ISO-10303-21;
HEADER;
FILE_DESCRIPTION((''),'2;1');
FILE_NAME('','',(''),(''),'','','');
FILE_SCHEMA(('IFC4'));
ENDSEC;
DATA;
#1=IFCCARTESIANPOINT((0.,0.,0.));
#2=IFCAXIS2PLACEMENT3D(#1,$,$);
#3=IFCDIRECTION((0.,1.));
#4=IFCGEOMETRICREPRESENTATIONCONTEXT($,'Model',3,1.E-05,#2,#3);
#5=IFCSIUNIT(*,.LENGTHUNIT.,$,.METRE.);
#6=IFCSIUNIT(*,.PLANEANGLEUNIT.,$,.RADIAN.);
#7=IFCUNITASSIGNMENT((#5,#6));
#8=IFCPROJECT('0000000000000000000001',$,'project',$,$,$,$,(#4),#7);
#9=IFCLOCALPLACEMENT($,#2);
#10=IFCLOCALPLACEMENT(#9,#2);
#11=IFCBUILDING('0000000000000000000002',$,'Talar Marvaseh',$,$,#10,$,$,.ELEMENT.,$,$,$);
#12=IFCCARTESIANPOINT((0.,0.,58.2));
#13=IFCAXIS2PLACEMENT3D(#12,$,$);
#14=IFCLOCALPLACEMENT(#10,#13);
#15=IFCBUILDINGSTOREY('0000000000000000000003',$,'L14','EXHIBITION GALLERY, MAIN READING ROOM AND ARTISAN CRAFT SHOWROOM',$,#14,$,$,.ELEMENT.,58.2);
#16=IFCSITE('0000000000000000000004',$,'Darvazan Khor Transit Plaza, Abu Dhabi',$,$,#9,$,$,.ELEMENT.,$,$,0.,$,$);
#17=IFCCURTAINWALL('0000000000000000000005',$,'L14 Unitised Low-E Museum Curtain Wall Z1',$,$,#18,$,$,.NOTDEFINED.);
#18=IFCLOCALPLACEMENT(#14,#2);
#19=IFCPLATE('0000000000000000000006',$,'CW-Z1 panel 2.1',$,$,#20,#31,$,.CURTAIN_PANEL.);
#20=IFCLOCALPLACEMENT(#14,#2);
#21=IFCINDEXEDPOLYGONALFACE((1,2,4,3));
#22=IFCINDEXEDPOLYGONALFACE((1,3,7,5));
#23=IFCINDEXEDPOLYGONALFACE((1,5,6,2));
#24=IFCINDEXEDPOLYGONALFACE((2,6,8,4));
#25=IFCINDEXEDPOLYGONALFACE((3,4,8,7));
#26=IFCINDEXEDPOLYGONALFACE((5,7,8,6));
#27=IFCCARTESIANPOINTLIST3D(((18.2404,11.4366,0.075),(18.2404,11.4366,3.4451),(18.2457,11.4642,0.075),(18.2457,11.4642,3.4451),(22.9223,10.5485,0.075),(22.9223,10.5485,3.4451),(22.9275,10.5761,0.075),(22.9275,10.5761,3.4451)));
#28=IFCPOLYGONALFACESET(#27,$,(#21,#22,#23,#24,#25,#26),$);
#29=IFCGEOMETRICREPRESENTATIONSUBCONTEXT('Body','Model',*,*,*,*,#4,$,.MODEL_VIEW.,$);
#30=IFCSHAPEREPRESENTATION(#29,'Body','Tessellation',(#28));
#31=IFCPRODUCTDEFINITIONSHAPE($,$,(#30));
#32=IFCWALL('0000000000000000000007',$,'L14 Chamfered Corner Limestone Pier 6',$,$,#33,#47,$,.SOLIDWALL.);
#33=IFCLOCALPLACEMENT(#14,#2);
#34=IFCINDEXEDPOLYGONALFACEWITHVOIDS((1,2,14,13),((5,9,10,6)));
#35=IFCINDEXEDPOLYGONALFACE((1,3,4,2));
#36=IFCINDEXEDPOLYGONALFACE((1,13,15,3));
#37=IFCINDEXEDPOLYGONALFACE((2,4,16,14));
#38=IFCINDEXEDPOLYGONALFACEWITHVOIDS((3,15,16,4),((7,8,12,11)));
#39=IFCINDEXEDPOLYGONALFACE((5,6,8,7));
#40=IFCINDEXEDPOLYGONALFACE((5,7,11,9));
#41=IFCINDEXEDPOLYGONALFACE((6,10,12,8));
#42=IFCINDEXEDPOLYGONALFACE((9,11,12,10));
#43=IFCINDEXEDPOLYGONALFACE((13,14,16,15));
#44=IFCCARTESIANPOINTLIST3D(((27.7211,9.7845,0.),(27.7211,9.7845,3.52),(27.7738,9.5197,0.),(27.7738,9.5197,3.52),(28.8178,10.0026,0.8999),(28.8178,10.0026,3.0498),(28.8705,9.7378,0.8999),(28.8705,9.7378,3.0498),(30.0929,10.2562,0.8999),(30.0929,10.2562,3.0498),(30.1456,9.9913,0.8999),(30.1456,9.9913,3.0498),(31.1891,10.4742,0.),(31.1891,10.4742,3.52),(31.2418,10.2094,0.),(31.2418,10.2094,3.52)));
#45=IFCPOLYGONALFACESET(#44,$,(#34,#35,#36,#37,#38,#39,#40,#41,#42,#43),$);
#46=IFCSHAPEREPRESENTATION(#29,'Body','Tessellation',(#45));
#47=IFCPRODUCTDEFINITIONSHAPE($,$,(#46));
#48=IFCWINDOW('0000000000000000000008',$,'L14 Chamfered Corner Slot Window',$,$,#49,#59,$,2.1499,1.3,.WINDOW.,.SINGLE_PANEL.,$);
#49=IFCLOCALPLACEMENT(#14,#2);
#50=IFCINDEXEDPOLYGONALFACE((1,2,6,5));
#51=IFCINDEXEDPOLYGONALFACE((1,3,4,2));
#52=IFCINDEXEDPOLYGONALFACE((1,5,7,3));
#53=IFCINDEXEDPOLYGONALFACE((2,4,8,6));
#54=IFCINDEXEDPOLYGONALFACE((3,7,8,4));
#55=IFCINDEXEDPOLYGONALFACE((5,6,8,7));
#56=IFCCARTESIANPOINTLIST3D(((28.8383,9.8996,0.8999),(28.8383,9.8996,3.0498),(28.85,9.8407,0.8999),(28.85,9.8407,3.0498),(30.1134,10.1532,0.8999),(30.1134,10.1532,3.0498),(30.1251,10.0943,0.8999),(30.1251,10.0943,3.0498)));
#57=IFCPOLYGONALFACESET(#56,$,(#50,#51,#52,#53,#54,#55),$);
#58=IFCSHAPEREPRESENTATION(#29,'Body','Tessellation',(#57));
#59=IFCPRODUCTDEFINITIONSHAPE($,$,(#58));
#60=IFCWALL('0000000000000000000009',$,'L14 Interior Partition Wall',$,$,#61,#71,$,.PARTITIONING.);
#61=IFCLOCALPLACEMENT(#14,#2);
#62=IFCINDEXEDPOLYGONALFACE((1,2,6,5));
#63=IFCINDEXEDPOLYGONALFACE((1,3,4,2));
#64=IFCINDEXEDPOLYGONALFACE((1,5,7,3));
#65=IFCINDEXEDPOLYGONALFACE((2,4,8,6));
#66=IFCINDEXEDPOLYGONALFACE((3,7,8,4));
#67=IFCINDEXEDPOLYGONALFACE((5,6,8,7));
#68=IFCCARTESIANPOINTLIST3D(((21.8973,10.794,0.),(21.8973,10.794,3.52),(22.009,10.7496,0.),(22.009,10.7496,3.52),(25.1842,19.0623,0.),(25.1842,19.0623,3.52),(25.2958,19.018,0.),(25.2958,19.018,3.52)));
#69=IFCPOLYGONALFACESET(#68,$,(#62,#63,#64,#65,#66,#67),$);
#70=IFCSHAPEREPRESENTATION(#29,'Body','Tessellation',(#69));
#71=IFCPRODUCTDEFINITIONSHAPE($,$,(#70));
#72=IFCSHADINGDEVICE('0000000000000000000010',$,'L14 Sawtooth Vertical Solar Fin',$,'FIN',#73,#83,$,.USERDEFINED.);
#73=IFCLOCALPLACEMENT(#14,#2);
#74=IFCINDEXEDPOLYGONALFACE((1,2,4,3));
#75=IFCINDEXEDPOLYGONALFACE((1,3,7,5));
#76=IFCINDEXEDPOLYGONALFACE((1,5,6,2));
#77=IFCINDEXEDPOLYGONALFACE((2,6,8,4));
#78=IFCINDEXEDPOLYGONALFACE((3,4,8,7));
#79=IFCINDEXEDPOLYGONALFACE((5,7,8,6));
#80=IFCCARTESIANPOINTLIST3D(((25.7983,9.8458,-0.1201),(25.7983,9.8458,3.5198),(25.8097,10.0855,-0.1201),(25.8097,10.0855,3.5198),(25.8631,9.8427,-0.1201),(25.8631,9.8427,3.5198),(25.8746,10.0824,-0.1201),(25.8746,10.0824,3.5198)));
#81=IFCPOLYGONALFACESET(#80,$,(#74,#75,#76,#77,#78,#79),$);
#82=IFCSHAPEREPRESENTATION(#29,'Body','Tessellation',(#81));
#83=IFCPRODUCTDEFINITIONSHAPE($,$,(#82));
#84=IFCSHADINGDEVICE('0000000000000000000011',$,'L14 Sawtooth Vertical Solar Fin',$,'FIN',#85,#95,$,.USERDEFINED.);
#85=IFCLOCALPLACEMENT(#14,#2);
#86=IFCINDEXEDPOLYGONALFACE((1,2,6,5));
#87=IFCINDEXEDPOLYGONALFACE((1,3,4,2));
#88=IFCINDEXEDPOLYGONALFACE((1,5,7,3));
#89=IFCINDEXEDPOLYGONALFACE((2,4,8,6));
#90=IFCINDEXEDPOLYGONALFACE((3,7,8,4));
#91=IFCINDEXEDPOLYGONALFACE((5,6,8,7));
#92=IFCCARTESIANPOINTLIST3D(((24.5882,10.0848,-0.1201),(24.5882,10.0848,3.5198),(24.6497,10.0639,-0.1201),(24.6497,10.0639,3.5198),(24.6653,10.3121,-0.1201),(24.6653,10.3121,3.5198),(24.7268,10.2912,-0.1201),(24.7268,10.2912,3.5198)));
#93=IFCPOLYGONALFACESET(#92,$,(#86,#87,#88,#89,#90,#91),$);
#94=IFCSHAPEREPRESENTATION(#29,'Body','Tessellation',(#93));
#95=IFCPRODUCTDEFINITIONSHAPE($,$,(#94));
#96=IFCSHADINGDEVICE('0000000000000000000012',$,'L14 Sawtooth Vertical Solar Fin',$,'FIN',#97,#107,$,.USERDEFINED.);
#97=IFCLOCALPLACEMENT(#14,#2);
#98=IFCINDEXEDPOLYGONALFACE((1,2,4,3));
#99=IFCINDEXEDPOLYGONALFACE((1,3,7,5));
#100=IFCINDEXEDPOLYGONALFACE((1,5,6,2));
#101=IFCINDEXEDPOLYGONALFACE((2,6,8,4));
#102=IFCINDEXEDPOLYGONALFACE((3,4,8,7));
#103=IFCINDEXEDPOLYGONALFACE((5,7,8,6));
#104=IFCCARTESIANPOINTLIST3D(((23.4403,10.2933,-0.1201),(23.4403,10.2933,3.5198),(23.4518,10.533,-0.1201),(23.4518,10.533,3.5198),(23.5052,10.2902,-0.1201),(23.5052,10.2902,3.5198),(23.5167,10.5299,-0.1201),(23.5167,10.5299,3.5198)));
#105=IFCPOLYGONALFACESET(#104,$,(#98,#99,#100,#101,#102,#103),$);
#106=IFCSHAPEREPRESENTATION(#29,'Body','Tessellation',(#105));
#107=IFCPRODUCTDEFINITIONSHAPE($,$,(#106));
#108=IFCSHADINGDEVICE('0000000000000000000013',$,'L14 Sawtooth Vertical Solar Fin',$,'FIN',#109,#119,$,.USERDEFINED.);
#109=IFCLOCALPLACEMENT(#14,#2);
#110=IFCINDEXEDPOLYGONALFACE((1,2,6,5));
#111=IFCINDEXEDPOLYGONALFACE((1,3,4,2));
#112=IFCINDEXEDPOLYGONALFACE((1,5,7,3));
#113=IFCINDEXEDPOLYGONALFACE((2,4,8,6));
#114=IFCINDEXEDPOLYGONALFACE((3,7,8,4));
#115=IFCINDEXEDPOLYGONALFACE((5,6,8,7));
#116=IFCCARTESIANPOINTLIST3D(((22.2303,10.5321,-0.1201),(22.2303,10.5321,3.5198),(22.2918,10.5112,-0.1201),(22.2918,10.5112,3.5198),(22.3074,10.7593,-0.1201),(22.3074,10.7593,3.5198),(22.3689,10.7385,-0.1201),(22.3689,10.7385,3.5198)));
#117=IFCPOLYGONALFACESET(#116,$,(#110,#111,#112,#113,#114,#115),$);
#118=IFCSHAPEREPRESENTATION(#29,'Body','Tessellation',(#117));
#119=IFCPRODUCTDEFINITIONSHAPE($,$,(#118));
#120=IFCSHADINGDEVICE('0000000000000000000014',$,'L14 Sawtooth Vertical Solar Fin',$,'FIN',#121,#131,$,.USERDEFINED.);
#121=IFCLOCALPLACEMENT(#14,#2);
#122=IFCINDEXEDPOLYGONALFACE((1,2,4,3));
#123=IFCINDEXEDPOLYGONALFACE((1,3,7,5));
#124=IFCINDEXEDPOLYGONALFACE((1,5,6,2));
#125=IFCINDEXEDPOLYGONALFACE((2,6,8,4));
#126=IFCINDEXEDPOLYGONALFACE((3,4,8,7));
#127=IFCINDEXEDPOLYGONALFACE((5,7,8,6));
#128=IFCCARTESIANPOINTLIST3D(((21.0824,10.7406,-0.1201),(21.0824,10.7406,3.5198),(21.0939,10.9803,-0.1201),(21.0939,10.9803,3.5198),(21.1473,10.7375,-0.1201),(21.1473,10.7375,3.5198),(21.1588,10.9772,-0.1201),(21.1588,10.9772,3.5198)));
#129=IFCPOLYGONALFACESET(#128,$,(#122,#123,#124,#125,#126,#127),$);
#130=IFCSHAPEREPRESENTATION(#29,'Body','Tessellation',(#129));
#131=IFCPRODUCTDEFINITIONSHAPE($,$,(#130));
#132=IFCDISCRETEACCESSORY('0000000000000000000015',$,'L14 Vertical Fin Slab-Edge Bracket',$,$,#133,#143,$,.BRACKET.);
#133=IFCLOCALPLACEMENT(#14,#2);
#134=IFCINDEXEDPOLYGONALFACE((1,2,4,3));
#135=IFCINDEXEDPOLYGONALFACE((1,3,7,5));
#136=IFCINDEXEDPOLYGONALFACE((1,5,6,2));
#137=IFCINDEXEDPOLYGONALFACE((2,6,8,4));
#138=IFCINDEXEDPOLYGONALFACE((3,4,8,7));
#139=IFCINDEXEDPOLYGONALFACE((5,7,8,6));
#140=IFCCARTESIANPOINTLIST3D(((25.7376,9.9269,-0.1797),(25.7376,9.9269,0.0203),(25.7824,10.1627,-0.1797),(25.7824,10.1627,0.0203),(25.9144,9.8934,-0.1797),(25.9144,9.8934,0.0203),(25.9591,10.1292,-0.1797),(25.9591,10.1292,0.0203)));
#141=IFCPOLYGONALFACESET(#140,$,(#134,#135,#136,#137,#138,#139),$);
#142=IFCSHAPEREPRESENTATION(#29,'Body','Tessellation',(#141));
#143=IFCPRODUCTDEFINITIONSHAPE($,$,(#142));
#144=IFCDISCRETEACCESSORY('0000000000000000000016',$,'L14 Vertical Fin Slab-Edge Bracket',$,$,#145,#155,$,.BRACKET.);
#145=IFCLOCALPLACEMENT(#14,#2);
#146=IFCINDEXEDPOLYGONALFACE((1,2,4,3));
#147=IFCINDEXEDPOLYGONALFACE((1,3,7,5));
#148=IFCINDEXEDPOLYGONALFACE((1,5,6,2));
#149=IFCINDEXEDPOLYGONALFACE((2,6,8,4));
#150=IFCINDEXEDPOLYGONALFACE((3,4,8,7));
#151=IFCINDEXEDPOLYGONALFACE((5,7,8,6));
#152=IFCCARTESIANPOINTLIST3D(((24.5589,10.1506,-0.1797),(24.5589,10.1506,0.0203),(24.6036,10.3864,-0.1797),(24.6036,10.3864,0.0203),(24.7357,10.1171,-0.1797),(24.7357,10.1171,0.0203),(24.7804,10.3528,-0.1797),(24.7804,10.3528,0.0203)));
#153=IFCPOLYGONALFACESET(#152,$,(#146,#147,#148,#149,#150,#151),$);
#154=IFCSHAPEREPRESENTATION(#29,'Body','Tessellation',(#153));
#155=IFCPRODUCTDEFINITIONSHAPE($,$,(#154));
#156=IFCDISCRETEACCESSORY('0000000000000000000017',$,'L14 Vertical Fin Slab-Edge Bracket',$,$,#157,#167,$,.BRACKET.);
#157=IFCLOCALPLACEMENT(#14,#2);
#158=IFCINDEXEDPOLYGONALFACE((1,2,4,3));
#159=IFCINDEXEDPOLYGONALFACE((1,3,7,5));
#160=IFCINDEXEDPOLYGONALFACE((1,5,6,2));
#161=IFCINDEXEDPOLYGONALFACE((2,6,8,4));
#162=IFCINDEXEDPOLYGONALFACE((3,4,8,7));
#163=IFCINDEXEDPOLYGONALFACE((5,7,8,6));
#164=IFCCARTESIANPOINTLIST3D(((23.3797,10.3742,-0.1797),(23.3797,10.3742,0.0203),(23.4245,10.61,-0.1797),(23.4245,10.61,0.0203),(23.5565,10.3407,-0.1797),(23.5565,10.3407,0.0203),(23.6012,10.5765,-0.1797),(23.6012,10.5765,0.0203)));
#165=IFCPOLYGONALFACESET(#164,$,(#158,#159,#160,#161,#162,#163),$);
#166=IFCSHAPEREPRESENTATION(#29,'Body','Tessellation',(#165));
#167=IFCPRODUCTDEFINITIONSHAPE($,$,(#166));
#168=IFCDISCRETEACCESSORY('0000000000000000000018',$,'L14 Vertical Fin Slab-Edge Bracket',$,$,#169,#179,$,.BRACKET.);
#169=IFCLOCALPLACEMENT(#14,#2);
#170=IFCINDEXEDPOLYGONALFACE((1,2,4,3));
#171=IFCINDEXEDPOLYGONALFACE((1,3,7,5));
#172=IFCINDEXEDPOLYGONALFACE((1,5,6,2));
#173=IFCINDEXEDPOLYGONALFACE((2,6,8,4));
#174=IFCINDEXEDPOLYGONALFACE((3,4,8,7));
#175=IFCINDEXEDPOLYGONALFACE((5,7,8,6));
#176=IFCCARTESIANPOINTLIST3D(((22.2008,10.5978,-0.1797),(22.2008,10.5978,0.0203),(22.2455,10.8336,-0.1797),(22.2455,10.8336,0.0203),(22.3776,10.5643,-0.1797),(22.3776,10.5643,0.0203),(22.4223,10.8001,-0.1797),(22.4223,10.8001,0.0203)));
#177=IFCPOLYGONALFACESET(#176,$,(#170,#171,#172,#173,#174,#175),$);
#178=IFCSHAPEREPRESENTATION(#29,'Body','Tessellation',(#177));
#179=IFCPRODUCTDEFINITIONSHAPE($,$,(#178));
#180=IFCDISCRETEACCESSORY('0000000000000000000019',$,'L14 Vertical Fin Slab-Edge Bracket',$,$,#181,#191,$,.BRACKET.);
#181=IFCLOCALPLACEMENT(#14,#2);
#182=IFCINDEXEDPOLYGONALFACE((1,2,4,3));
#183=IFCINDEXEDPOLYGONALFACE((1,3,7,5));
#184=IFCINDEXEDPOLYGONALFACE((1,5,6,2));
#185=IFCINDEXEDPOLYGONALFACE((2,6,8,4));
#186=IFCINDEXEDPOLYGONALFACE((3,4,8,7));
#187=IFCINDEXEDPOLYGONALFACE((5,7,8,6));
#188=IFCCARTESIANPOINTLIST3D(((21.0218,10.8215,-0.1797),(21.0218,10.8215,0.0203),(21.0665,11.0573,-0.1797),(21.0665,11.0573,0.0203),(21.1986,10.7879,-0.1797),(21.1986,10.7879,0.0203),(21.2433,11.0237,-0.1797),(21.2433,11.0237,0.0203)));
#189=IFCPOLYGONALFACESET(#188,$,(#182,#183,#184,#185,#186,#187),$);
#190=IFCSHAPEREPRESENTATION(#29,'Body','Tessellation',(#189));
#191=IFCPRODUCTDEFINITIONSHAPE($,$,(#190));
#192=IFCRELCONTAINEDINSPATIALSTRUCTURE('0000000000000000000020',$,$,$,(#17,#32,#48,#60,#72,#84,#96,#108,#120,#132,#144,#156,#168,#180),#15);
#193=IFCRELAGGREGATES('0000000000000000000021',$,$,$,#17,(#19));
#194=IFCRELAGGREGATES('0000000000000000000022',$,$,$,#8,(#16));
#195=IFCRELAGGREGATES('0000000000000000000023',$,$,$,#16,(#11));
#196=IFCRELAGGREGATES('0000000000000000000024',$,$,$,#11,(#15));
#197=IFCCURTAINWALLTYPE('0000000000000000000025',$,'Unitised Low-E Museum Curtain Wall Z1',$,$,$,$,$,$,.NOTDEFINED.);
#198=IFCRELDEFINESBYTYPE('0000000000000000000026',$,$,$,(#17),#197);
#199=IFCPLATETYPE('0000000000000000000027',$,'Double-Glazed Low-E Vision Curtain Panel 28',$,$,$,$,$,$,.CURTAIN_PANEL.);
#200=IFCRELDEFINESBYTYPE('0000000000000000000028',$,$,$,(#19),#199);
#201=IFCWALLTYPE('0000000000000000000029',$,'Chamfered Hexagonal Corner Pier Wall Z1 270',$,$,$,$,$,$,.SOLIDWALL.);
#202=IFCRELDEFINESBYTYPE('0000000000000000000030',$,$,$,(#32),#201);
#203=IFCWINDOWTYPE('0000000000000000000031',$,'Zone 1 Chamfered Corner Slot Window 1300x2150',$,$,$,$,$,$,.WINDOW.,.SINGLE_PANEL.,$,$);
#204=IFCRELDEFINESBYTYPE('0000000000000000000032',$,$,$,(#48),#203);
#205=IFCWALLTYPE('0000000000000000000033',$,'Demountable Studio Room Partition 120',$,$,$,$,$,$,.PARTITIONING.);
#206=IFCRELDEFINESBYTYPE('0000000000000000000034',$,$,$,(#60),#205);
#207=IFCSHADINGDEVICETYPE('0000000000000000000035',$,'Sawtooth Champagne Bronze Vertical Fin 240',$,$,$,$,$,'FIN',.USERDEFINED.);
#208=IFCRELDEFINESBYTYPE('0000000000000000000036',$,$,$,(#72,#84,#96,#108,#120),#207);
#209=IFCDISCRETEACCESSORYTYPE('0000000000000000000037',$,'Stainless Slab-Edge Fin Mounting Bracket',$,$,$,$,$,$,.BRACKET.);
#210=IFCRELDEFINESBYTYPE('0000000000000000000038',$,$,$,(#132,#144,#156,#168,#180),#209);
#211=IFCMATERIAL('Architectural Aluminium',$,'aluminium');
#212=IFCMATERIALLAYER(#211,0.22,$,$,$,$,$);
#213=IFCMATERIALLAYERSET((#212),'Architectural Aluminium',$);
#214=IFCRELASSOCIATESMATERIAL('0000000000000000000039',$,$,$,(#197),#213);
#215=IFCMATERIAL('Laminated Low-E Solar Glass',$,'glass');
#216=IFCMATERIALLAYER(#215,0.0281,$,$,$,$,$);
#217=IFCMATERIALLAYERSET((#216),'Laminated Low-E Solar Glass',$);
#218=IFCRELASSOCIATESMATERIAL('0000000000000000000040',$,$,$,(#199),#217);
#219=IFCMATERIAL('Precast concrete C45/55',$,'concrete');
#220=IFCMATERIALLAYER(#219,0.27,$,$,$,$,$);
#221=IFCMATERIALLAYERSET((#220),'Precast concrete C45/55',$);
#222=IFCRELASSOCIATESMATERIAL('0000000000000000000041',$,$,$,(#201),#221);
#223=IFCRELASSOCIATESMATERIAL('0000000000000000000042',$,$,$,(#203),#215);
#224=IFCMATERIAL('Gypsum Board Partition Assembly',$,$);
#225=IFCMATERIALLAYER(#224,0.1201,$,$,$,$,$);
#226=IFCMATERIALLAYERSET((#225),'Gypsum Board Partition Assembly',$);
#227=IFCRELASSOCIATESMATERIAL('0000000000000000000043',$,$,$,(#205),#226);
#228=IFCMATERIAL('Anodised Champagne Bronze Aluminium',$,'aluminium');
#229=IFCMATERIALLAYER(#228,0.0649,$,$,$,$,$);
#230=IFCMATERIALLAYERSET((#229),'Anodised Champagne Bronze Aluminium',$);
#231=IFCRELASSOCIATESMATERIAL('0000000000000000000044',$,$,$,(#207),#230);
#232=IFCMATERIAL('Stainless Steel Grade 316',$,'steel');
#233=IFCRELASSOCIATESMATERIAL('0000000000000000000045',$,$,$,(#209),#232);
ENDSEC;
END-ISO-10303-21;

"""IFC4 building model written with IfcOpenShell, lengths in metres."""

from ifc_helpers import new_model, si_unit, direction, frame, frame_2d, origin, origin_2d, place, context, subcontext, project, spatial, rectangle, extrude, source, transform, mapped, material, layer, layer_set, type_object, type_shapes, element, fill, aggregate, save


model = new_model("IFC4")

# Units and contexts
model_context = context("Model", 3, precision=1e-05, world=origin(), true_north=direction((0.0, 1.0)))
body_context = subcontext(model_context, "Body", "Model", "MODEL_VIEW")
ifc_project = project(units=[si_unit("LENGTHUNIT", "METRE"), si_unit("PLANEANGLEUNIT", "RADIAN")], contexts=[model_context])

# Site, building, storey
site_placement = place(None, origin())
site = spatial("IfcSite", under=ifc_project, at=site_placement, Name="Darvazan Khor Transit Plaza, Abu Dhabi", CompositionType="ELEMENT", RefElevation=0.0)
building_placement = place(site_placement, origin())
building = spatial("IfcBuilding", under=site, at=building_placement, Name="Talar Marvaseh", CompositionType="ELEMENT")
storey_placement = place(building_placement, frame((0.0, 0.0, 58.2)))
storey = spatial("IfcBuildingStorey", under=building, at=storey_placement, Name="L14", Description="EXHIBITION GALLERY, MAIN READING ROOM AND ARTISAN CRAFT SHOWROOM", CompositionType="ELEMENT", Elevation=58.2)

# Shared definitions
ifc_material_1 = material(Name="Architectural Aluminium", Category="aluminium")
ifc_layer_1 = layer(ifc_material_1, 0.22)
ifc_layer_set_1 = layer_set([ifc_layer_1], Name="Architectural Aluminium")
curtain_wall_type = type_object("IfcCurtainWallType", Name="Unitised Low-E Museum Curtain Wall Z1", PredefinedType="NOTDEFINED", material=ifc_layer_set_1)

# Curtain wall, plate
curtain_wall_1_placement = place(storey_placement, origin())
curtain_wall_1 = element("IfcCurtainWall", 1, at=curtain_wall_1_placement, inside=storey, type_object=curtain_wall_type, Name="L14 Unitised Low-E Museum Curtain Wall Z1", PredefinedType="NOTDEFINED")
ifc_material_2 = material(Name="Laminated Low-E Solar Glass", Category="glass")
ifc_layer_2 = layer(ifc_material_2, 0.0281)
ifc_layer_set_2 = layer_set([ifc_layer_2], Name="Laminated Low-E Solar Glass")
plate_type = type_object("IfcPlateType", Name="Double-Glazed Low-E Vision Curtain Panel 28", PredefinedType="CURTAIN_PANEL", material=ifc_layer_set_2)
shared_shape_1 = source(origin(), body_context, "Body", "SweptSolid", [
    extrude(rectangle(XDim=4.7654, YDim=0.0281, at=origin_2d()), origin(), (0.0, 0.0, 1.0), 3.3701),
])
plate_1_placement = place(storey_placement, frame((20.584, 11.0063, 0.075), z_axis=(0.0, 0.0, 1.0), x_axis=(-0.982479, 0.186373, 0.0)))
plate_1 = element("IfcPlate", 2, at=plate_1_placement, type_object=plate_type, Name="CW-Z1 panel 2.1", PredefinedType="CURTAIN_PANEL", context=body_context, shape_type="MappedRepresentation", body=[
    mapped(shared_shape_1, transform((0.0, 0.0, 0.0), x_axis=(1.0, 0.0, 0.0), y_axis=(0.0, 1.0, 0.0), z_axis=(0.0, 0.0, 1.0), scale=1.0)),
])
aggregate(curtain_wall_1, [plate_1])

# Wall, opening, window
ifc_material_3 = material(Name="Precast concrete C45/55", Category="concrete")
ifc_layer_3 = layer(ifc_material_3, 0.27)
ifc_layer_set_3 = layer_set([ifc_layer_3], Name="Precast concrete C45/55")
wall_type_1 = type_object("IfcWallType", Name="Chamfered Hexagonal Corner Pier Wall Z1 270", PredefinedType="SOLIDWALL", material=ifc_layer_set_3)
wall_1_placement = place(storey_placement, frame((31.2156, 10.3418, 0.0), z_axis=(0.0, 0.0, 1.0), x_axis=(-0.980793, -0.195054, 0.0)))
wall_1 = element("IfcWall", 3, at=wall_1_placement, inside=storey, type_object=wall_type_1, Name="L14 Chamfered Corner Limestone Pier 6", PredefinedType="SOLIDWALL", context=body_context, shape_type="SweptSolid", body=[
    extrude(rectangle(XDim=3.5359, YDim=0.27, at=frame_2d((1.7681, 0.0))), origin(), (0.0, 0.0, 1.0), 3.52),
])
opening_placement = place(wall_1_placement, frame((1.1179, 0.0, 0.8999)))
opening = element("IfcOpeningElement", 4, at=opening_placement, cuts=wall_1, PredefinedType="OPENING", context=body_context, shape_type="SweptSolid", body=[
    extrude(rectangle(XDim=1.3, YDim=2.1499, at=frame_2d((0.6499, 1.075))), frame((0.0, 0.145, 0.0), z_axis=(0.0, -1.0, 0.0), x_axis=(1.0, 0.0, 0.0)), (0.0, 0.0, 1.0), 0.29),
])
window_type = type_object("IfcWindowType", Name="Zone 1 Chamfered Corner Slot Window 1300x2150", PartitioningType="SINGLE_PANEL", PredefinedType="WINDOW", material=ifc_material_2)
shared_shape_2 = source(origin(), body_context, "Body", "SweptSolid", [
    extrude(rectangle(XDim=1.3, YDim=2.1499, at=frame_2d((0.6499, 1.075))), frame((0.0, 0.03, 0.0), z_axis=(0.0, -1.0, 0.0), x_axis=(1.0, 0.0, 0.0)), (0.0, 0.0, 1.0), 0.0601),
])
type_shapes(window_type, [shared_shape_2])
window_placement = place(opening_placement, origin())
window = element("IfcWindow", 5, at=window_placement, inside=storey, type_object=window_type, Name="L14 Chamfered Corner Slot Window", OverallHeight=2.1499, OverallWidth=1.3, PartitioningType="SINGLE_PANEL", PredefinedType="WINDOW", context=body_context, shape_type="MappedRepresentation", body=[
    mapped(shared_shape_2, transform((0.0, 0.0, 0.0), x_axis=(1.0, 0.0, 0.0), y_axis=(0.0, 1.0, 0.0), z_axis=(0.0, 0.0, 1.0), scale=1.0)),
])
fill(opening, window)

# Wall
ifc_material_4 = material(Name="Gypsum Board Partition Assembly")
ifc_layer_4 = layer(ifc_material_4, 0.1201)
ifc_layer_set_4 = layer_set([ifc_layer_4], Name="Gypsum Board Partition Assembly")
wall_type_2 = type_object("IfcWallType", Name="Demountable Studio Room Partition 120", PredefinedType="PARTITIONING", material=ifc_layer_set_4)
wall_2_placement = place(storey_placement, frame((25.24, 19.04, 0.0), z_axis=(0.0, 0.0, 1.0), x_axis=(-0.369408, -0.929267, 0.0)))
element("IfcWall", 6, at=wall_2_placement, inside=storey, type_object=wall_type_2, Name="L14 Interior Partition Wall", PredefinedType="PARTITIONING", context=body_context, shape_type="SweptSolid", body=[
    extrude(rectangle(XDim=8.8977, YDim=0.1201, at=frame_2d((4.4487, 0.0))), origin(), (0.0, 0.0, 1.0), 3.52),
])

# Shading devices
ifc_material_5 = material(Name="Anodised Champagne Bronze Aluminium", Category="aluminium")
ifc_layer_5 = layer(ifc_material_5, 0.0649)
ifc_layer_set_5 = layer_set([ifc_layer_5], Name="Anodised Champagne Bronze Aluminium")
shading_device_type = type_object("IfcShadingDeviceType", Name="Sawtooth Champagne Bronze Vertical Fin 240", ElementType="FIN", PredefinedType="USERDEFINED", material=ifc_layer_set_5)
shared_shape_3 = source(origin(), body_context, "Body", "SweptSolid", [
    extrude(rectangle(XDim=0.24, YDim=0.0649, at=origin_2d()), origin(), (0.0, 0.0, 1.0), 3.6399),
])
type_shapes(shading_device_type, [shared_shape_3])
for number, where, z_axis, x_axis, name in (
    (7, (25.8364, 9.9641, -0.1201), (0.0, 0.0, 1.0), (-0.047804, -0.998857, 0.0), "L14 Sawtooth Vertical Solar Fin"),
    (8, (24.6575, 10.188, -0.1201), (0.0, 0.0, 1.0), (-0.321274, -0.946986, 0.0), "L14 Sawtooth Vertical Solar Fin"),
    (9, (23.4785, 10.4116, -0.1201), (0.0, 0.0, 1.0), (-0.047804, -0.998857, 0.0), "L14 Sawtooth Vertical Solar Fin"),
    (10, (22.2996, 10.6353, -0.1201), (0.0, 0.0, 1.0), (-0.321274, -0.946986, 0.0), "L14 Sawtooth Vertical Solar Fin"),
    (11, (21.1206, 10.8589, -0.1201), (0.0, 0.0, 1.0), (-0.047804, -0.998857, 0.0), "L14 Sawtooth Vertical Solar Fin"),
):
    element("IfcShadingDevice", number, at=place(storey_placement, frame(where, z_axis=z_axis, x_axis=x_axis)), inside=storey, type_object=shading_device_type, Name=name, ObjectType="FIN", PredefinedType="USERDEFINED", context=body_context, shape_type="MappedRepresentation", body=[
        mapped(shared_shape_3, transform((0.0, 0.0, 0.0), x_axis=(1.0, 0.0, 0.0), y_axis=(0.0, 1.0, 0.0), z_axis=(0.0, 0.0, 1.0), scale=1.0)),
    ])

# Discrete accessories
ifc_material_6 = material(Name="Stainless Steel Grade 316", Category="steel")
discrete_accessory_type = type_object("IfcDiscreteAccessoryType", Name="Stainless Slab-Edge Fin Mounting Bracket", PredefinedType="BRACKET", material=ifc_material_6)
shared_shape_4 = source(origin(), body_context, "Body", "SweptSolid", [
    extrude(rectangle(XDim=0.24, YDim=0.1799, at=origin_2d()), origin(), (0.0, 0.0, 1.0), 0.2),
])
type_shapes(discrete_accessory_type, [shared_shape_4])
for number, where, z_axis, x_axis, name in (
    (12, (25.8484, 10.0281, -0.1797), (0.0, 0.0, 1.0), (-0.186353, -0.982483, 0.0), "L14 Vertical Fin Slab-Edge Bracket"),
    (13, (24.6697, 10.2517, -0.1797), (0.0, 0.0, 1.0), (-0.186353, -0.982483, 0.0), "L14 Vertical Fin Slab-Edge Bracket"),
    (14, (23.4905, 10.4753, -0.1797), (0.0, 0.0, 1.0), (-0.186353, -0.982483, 0.0), "L14 Vertical Fin Slab-Edge Bracket"),
    (15, (22.3115, 10.699, -0.1797), (0.0, 0.0, 1.0), (-0.186353, -0.982483, 0.0), "L14 Vertical Fin Slab-Edge Bracket"),
    (16, (21.1326, 10.9226, -0.1797), (0.0, 0.0, 1.0), (-0.186353, -0.982483, 0.0), "L14 Vertical Fin Slab-Edge Bracket"),
):
    element("IfcDiscreteAccessory", number, at=place(storey_placement, frame(where, z_axis=z_axis, x_axis=x_axis)), inside=storey, type_object=discrete_accessory_type, Name=name, PredefinedType="BRACKET", context=body_context, shape_type="MappedRepresentation", body=[
        mapped(shared_shape_4, transform((0.0, 0.0, 0.0), x_axis=(1.0, 0.0, 0.0), y_axis=(0.0, 1.0, 0.0), z_axis=(0.0, 0.0, 1.0), scale=1.0)),
    ])

save(model, "model.ifc")
